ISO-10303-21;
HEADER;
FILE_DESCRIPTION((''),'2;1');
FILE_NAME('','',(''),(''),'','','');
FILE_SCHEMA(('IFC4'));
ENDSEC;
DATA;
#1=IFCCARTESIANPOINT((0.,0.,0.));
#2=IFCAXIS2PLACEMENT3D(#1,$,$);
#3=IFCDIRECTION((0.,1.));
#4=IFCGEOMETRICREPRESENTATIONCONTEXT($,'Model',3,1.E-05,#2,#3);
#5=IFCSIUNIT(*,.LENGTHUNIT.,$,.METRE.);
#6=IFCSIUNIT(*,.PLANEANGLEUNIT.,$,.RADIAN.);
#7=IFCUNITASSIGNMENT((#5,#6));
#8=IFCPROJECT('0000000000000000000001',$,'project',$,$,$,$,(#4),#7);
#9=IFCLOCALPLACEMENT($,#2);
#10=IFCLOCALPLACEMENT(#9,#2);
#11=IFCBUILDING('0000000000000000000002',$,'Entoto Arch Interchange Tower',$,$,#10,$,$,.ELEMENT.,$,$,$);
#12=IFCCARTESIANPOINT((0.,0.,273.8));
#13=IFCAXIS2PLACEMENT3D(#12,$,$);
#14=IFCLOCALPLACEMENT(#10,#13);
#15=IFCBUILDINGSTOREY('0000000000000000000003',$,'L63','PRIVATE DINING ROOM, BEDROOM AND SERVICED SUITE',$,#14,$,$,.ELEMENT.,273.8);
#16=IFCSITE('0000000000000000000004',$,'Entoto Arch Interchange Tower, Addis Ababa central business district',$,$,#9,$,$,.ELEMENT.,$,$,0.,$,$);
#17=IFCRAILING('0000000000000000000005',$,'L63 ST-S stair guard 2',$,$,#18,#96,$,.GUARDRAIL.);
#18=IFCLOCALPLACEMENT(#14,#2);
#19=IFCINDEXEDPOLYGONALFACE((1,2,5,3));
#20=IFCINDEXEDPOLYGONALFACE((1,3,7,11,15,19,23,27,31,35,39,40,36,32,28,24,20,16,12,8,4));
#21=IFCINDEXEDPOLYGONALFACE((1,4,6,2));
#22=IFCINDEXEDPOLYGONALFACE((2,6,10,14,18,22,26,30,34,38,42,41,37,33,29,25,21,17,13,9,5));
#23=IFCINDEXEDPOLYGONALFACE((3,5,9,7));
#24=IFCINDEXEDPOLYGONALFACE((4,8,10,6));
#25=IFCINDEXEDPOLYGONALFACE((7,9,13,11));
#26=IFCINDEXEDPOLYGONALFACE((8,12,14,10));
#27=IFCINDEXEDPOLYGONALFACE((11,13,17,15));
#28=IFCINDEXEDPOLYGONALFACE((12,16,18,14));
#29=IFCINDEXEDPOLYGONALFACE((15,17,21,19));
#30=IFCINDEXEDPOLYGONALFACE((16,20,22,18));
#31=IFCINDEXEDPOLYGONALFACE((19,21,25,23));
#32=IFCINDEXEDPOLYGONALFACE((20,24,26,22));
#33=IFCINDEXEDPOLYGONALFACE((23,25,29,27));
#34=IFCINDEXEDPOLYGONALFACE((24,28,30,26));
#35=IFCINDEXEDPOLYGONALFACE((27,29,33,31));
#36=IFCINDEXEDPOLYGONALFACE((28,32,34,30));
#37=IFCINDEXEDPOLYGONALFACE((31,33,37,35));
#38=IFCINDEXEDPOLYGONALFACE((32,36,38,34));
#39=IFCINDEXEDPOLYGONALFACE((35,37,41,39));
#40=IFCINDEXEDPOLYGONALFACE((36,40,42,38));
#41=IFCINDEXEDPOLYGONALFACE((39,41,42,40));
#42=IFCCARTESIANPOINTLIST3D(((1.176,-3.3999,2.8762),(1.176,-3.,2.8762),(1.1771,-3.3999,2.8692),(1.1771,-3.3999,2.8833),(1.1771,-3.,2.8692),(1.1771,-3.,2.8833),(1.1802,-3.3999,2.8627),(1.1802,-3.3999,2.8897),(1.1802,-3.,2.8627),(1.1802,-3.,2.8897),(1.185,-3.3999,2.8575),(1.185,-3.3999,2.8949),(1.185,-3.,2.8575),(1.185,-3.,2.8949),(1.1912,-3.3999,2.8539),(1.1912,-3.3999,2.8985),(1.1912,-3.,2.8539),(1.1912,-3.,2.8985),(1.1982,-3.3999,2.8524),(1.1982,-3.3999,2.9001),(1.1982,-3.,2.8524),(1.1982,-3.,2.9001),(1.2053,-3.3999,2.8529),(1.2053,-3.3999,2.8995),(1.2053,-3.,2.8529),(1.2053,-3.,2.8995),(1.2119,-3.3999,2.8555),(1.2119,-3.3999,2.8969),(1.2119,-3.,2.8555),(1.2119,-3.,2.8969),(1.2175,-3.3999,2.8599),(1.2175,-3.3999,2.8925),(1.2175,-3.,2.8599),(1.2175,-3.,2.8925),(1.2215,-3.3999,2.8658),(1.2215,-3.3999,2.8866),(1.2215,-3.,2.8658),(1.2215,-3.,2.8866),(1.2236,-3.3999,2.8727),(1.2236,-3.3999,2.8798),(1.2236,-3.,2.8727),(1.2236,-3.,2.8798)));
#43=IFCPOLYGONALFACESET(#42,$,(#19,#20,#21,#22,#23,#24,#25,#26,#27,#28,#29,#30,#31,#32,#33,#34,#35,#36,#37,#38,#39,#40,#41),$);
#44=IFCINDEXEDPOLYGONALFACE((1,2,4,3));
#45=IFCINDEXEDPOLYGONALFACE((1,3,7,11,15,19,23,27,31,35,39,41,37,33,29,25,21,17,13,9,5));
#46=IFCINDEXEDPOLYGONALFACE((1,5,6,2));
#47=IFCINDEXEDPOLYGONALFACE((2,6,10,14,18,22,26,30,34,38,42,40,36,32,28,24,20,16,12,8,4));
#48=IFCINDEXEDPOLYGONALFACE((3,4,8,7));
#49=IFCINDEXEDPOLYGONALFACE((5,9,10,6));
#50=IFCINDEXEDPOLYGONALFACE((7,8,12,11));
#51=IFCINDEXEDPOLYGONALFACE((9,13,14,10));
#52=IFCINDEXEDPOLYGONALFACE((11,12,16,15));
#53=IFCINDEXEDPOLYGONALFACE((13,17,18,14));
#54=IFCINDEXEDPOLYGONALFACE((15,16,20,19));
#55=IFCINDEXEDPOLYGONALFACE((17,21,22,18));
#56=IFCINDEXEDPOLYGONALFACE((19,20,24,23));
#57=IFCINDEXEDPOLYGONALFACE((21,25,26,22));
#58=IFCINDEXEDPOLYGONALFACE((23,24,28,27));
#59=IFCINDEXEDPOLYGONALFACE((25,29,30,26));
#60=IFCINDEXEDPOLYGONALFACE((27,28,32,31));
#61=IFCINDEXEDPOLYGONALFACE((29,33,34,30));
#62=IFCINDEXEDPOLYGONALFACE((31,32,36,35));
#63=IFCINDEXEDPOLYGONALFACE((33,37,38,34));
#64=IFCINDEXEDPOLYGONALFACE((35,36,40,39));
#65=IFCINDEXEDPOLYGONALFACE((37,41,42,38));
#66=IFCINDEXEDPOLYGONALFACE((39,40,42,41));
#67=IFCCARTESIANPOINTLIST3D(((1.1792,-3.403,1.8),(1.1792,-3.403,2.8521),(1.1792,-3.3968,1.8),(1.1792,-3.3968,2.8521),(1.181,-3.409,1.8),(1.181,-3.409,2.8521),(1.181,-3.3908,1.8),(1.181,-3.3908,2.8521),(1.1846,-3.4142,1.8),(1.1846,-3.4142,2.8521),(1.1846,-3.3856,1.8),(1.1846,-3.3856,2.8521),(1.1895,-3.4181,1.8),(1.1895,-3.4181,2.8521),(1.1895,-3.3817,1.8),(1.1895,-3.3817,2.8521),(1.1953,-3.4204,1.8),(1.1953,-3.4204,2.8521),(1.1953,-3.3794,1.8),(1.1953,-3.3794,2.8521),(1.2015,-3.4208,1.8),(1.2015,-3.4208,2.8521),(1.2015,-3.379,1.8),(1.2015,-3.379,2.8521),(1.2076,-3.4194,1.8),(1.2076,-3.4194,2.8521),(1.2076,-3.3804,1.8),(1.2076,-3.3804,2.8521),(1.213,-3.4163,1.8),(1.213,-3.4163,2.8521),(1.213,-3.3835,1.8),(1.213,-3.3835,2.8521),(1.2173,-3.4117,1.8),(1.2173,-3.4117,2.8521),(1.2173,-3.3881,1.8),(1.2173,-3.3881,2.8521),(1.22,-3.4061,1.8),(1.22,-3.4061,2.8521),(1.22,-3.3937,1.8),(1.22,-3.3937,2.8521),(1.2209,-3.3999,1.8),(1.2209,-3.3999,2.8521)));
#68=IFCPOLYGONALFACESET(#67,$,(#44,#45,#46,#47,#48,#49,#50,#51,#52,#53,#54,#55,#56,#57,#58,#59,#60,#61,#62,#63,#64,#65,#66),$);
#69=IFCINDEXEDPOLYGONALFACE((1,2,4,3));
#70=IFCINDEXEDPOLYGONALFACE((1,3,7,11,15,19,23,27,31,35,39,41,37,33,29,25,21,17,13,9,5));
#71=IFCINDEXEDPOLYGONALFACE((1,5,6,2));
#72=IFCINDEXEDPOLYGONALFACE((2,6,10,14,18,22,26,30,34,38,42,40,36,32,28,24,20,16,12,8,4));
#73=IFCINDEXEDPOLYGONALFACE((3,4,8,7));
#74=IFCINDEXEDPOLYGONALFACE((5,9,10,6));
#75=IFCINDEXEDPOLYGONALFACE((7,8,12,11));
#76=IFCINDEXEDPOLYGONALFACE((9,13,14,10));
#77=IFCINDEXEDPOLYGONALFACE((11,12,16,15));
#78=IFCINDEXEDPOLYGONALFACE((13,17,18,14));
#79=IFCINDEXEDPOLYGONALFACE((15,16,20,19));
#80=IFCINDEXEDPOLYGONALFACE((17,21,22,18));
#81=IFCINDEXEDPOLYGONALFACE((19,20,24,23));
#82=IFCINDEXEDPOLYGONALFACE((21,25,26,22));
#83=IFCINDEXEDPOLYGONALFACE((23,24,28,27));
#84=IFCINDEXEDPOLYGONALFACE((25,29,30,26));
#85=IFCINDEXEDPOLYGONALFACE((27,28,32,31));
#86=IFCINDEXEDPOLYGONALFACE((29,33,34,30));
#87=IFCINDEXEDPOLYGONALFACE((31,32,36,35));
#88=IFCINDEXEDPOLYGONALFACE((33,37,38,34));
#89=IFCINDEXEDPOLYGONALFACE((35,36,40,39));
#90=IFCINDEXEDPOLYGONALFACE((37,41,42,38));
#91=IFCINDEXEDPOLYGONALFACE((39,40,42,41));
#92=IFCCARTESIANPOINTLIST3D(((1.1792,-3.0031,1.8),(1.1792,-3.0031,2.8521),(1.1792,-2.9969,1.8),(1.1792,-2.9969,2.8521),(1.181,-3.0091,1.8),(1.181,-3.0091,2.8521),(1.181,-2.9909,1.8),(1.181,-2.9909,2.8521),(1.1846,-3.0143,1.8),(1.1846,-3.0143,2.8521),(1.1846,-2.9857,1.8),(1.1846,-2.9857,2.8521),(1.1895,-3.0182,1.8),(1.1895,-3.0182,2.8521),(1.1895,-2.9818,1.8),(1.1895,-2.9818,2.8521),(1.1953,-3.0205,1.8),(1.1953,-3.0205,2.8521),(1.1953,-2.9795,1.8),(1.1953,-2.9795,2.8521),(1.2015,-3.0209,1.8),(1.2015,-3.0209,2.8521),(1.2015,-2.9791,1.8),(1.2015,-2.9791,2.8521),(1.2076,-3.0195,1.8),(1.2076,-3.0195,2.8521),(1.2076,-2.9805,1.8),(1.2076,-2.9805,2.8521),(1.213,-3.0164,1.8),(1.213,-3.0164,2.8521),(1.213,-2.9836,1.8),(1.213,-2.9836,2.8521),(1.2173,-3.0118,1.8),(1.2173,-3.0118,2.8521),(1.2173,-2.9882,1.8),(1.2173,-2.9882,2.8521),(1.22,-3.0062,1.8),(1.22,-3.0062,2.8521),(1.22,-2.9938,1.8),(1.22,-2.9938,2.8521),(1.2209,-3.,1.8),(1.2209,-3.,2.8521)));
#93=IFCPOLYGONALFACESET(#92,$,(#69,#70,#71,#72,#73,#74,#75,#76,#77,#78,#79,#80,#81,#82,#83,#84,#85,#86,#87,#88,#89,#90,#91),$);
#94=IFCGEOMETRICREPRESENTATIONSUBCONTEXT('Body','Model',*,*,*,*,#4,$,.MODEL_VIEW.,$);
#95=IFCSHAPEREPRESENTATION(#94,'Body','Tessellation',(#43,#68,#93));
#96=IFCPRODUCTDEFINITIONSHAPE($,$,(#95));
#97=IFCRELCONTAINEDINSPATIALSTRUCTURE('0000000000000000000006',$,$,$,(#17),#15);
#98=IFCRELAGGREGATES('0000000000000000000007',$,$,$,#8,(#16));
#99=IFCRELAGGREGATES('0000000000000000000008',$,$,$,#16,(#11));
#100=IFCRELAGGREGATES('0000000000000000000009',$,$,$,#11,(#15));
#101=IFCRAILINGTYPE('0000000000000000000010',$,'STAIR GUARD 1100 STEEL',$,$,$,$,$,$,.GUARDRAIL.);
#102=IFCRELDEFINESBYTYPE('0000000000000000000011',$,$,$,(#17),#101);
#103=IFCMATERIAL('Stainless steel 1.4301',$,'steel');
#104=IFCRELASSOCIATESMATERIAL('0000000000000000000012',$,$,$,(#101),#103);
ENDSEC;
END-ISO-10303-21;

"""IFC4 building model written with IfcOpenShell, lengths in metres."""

from ifc_helpers import new_model, si_unit, direction, frame, origin, origin_2d, place, context, subcontext, project, spatial, circle, extrude, material, type_object, element, save


model = new_model("IFC4")

# Units and contexts
model_context = context("Model", 3, precision=1e-05, world=origin(), true_north=direction((0.0, 1.0)))
body_context = subcontext(model_context, "Body", "Model", "MODEL_VIEW")
ifc_project = project(units=[si_unit("LENGTHUNIT", "METRE"), si_unit("PLANEANGLEUNIT", "RADIAN")], contexts=[model_context])

# Site, building, storey
site_placement = place(None, origin())
site = spatial("IfcSite", under=ifc_project, at=site_placement, Name="Entoto Arch Interchange Tower, Addis Ababa central business district", CompositionType="ELEMENT", RefElevation=0.0)
building_placement = place(site_placement, origin())
building = spatial("IfcBuilding", under=site, at=building_placement, Name="Entoto Arch Interchange Tower", CompositionType="ELEMENT")
storey_placement = place(building_placement, frame((0.0, 0.0, 273.8)))
storey = spatial("IfcBuildingStorey", under=building, at=storey_placement, Name="L63", Description="PRIVATE DINING ROOM, BEDROOM AND SERVICED SUITE", CompositionType="ELEMENT", Elevation=273.8)

# Railing
ifc_material_1 = material(Name="Stainless steel 1.4301", Category="steel")
railing_type_1 = type_object("IfcRailingType", Name="STAIR GUARD 1100 STEEL", PredefinedType="GUARDRAIL", material=ifc_material_1)
railing_1_placement = place(storey_placement, frame((1.2, -3.3999, 1.8)))
element("IfcRailing", 1, at=railing_1_placement, inside=storey, type_object=railing_type_1, Name="L63 ST-S stair guard 2", PredefinedType="GUARDRAIL", context=body_context, shape_type="SweptSolid", body=[
    extrude(circle(Radius=0.0239, at=origin_2d()), frame((0.0, 0.0, 1.0762), z_axis=(0.0, 1.0, 0.0), x_axis=(-1.0, 0.0, 0.0)), (0.0, 0.0, 1.0), 0.3999),
    extrude(circle(Radius=0.021, at=origin_2d()), origin(), (0.0, 0.0, 1.0), 1.052),
    extrude(circle(Radius=0.021, at=origin_2d()), frame((0.0, 0.3999, 0.0)), (0.0, 0.0, 1.0), 1.052),
])

save(model, "model.ifc")
